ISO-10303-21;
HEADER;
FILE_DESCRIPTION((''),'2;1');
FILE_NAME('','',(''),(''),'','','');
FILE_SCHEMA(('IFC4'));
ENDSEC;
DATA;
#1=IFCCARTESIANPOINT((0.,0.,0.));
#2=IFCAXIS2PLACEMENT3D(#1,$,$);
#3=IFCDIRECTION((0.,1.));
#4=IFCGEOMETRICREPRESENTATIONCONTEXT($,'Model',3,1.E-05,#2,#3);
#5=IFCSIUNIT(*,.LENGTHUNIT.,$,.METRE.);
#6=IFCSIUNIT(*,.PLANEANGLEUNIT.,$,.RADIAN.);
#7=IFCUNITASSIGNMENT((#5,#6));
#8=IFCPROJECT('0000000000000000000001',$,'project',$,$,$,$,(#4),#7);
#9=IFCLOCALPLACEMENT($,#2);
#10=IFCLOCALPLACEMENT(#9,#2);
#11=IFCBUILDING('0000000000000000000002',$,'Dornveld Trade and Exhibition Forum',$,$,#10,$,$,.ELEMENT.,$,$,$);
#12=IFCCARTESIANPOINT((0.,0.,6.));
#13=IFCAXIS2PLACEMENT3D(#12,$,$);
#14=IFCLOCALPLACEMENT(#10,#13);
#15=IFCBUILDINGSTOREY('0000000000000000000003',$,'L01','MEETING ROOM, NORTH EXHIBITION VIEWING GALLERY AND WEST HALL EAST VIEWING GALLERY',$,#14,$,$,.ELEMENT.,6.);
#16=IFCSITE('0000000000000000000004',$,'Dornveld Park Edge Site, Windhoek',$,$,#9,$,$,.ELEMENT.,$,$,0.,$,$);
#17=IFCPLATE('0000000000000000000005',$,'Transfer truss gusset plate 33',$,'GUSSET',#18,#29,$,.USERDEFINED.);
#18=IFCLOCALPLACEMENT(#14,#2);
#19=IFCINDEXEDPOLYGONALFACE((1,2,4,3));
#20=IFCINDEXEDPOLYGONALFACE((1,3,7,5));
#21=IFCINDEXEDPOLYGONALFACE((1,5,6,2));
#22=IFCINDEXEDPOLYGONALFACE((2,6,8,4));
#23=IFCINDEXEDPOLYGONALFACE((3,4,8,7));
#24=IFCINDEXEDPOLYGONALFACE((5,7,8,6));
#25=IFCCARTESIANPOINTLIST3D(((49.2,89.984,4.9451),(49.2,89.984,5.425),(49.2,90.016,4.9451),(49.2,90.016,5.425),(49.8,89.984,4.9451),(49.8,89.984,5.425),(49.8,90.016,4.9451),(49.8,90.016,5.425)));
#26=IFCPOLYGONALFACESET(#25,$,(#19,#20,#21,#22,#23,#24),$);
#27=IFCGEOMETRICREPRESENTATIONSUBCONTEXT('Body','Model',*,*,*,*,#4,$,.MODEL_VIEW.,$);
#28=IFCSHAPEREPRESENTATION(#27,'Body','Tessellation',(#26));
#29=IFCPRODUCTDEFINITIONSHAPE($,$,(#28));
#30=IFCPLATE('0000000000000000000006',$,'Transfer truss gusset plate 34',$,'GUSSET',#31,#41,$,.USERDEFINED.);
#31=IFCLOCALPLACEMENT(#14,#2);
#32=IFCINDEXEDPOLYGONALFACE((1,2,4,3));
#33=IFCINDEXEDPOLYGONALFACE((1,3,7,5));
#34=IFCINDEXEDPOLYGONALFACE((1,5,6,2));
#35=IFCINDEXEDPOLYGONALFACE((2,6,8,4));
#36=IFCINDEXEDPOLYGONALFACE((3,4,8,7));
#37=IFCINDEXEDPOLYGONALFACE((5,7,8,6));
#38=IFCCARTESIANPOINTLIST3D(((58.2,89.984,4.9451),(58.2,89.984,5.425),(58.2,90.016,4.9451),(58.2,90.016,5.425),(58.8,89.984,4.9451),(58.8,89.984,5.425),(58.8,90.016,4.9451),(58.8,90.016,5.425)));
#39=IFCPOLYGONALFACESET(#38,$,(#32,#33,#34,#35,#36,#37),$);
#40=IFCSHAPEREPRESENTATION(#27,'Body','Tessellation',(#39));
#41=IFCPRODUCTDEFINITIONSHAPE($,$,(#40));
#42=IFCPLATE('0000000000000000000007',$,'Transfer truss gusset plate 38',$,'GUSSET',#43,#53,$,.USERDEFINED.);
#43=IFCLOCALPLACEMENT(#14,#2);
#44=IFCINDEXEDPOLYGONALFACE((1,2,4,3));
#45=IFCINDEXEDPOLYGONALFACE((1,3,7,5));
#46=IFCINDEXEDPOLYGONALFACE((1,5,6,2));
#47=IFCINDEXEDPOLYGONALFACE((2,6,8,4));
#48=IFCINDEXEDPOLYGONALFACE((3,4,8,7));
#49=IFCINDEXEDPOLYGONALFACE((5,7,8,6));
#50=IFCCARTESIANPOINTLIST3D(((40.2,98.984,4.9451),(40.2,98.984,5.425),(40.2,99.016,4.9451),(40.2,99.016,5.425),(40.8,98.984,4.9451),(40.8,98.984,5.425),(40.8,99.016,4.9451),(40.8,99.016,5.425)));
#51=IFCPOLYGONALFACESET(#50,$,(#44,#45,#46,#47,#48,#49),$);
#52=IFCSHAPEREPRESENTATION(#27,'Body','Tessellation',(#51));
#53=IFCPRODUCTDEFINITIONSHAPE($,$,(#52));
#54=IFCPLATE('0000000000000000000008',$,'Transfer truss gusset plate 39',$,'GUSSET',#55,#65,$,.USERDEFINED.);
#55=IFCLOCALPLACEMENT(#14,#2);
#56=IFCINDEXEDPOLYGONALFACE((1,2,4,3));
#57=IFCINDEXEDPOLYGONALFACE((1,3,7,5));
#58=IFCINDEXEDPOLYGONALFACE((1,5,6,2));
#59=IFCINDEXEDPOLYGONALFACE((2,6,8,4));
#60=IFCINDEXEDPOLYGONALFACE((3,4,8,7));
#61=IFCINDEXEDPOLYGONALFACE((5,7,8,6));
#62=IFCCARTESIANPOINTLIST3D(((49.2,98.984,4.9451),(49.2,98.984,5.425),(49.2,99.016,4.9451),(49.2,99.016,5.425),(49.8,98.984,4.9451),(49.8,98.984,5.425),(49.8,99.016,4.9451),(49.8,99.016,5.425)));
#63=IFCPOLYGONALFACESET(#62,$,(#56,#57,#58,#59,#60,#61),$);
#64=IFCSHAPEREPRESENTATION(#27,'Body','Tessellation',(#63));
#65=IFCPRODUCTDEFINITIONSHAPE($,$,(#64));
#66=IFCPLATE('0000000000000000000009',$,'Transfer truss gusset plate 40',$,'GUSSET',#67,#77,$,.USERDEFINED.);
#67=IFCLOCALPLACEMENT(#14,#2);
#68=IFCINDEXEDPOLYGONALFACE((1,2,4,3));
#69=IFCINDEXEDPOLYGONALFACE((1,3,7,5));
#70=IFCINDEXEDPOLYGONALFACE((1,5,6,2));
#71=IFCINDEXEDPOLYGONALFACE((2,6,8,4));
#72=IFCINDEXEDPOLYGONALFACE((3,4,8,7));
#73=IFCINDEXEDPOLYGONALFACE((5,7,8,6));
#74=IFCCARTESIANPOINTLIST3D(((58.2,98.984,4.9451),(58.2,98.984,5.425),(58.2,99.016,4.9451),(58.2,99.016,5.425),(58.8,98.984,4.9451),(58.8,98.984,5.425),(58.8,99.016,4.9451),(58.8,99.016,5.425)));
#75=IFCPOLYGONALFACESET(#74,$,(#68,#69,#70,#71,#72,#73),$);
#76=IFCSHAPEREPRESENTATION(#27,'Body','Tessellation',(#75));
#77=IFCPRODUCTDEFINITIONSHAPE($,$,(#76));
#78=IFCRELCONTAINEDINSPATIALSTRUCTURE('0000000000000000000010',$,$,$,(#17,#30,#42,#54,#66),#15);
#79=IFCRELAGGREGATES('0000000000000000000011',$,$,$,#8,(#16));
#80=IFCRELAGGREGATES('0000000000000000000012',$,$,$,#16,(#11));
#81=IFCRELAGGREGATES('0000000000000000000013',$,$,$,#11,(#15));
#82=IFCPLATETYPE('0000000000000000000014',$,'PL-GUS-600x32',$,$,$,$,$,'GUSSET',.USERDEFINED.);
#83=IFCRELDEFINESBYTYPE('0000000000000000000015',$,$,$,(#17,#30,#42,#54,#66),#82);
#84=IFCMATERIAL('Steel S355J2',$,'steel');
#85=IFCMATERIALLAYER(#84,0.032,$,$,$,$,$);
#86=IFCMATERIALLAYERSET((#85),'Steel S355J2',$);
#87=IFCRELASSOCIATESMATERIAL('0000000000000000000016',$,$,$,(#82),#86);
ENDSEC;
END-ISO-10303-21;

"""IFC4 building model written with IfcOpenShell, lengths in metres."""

from ifc_helpers import new_model, si_unit, direction, frame, origin, origin_2d, place, context, subcontext, project, spatial, rectangle, extrude, material, layer, layer_set, type_object, element, save


model = new_model("IFC4")

# Units and contexts
model_context = context("Model", 3, precision=1e-05, world=origin(), true_north=direction((0.0, 1.0)))
body_context = subcontext(model_context, "Body", "Model", "MODEL_VIEW")
ifc_project = project(units=[si_unit("LENGTHUNIT", "METRE"), si_unit("PLANEANGLEUNIT", "RADIAN")], contexts=[model_context])

# Site, building, storey
site_placement = place(None, origin())
site = spatial("IfcSite", under=ifc_project, at=site_placement, Name="Dornveld Park Edge Site, Windhoek", CompositionType="ELEMENT", RefElevation=0.0)
building_placement = place(site_placement, origin())
building = spatial("IfcBuilding", under=site, at=building_placement, Name="Dornveld Trade and Exhibition Forum", CompositionType="ELEMENT")
storey_placement = place(building_placement, frame((0.0, 0.0, 6.0)))
storey = spatial("IfcBuildingStorey", under=building, at=storey_placement, Name="L01", Description="MEETING ROOM, NORTH EXHIBITION VIEWING GALLERY AND WEST HALL EAST VIEWING GALLERY", CompositionType="ELEMENT", Elevation=6.0)

# Plates
ifc_material_1 = material(Name="Steel S355J2", Category="steel")
ifc_layer = layer(ifc_material_1, 0.032)
ifc_layer_set = layer_set([ifc_layer], Name="Steel S355J2")
plate_type = type_object("IfcPlateType", Name="PL-GUS-600x32", ElementType="GUSSET", PredefinedType="USERDEFINED", material=ifc_layer_set)
for number, where, z_axis, x_axis, name in (
    (1, (49.5, 90.0, 4.9451), (0.0, 0.0, 1.0), (1.0, 0.0, 0.0), "Transfer truss gusset plate 33"),
    (2, (58.5, 90.0, 4.9451), (0.0, 0.0, 1.0), (1.0, 0.0, 0.0), "Transfer truss gusset plate 34"),
    (3, (40.5, 99.0, 4.9451), (0.0, 0.0, 1.0), (1.0, 0.0, 0.0), "Transfer truss gusset plate 38"),
    (4, (49.5, 99.0, 4.9451), (0.0, 0.0, 1.0), (1.0, 0.0, 0.0), "Transfer truss gusset plate 39"),
    (5, (58.5, 99.0, 4.9451), (0.0, 0.0, 1.0), (1.0, 0.0, 0.0), "Transfer truss gusset plate 40"),
):
    element("IfcPlate", number, at=place(storey_placement, frame(where, z_axis=z_axis, x_axis=x_axis)), inside=storey, type_object=plate_type, Name=name, ObjectType="GUSSET", PredefinedType="USERDEFINED", context=body_context, shape_type="SweptSolid", body=[
        extrude(rectangle(XDim=0.6001, YDim=0.032, at=origin_2d()), origin(), (0.0, 0.0, 1.0), 0.48),
    ])

save(model, "model.ifc")
